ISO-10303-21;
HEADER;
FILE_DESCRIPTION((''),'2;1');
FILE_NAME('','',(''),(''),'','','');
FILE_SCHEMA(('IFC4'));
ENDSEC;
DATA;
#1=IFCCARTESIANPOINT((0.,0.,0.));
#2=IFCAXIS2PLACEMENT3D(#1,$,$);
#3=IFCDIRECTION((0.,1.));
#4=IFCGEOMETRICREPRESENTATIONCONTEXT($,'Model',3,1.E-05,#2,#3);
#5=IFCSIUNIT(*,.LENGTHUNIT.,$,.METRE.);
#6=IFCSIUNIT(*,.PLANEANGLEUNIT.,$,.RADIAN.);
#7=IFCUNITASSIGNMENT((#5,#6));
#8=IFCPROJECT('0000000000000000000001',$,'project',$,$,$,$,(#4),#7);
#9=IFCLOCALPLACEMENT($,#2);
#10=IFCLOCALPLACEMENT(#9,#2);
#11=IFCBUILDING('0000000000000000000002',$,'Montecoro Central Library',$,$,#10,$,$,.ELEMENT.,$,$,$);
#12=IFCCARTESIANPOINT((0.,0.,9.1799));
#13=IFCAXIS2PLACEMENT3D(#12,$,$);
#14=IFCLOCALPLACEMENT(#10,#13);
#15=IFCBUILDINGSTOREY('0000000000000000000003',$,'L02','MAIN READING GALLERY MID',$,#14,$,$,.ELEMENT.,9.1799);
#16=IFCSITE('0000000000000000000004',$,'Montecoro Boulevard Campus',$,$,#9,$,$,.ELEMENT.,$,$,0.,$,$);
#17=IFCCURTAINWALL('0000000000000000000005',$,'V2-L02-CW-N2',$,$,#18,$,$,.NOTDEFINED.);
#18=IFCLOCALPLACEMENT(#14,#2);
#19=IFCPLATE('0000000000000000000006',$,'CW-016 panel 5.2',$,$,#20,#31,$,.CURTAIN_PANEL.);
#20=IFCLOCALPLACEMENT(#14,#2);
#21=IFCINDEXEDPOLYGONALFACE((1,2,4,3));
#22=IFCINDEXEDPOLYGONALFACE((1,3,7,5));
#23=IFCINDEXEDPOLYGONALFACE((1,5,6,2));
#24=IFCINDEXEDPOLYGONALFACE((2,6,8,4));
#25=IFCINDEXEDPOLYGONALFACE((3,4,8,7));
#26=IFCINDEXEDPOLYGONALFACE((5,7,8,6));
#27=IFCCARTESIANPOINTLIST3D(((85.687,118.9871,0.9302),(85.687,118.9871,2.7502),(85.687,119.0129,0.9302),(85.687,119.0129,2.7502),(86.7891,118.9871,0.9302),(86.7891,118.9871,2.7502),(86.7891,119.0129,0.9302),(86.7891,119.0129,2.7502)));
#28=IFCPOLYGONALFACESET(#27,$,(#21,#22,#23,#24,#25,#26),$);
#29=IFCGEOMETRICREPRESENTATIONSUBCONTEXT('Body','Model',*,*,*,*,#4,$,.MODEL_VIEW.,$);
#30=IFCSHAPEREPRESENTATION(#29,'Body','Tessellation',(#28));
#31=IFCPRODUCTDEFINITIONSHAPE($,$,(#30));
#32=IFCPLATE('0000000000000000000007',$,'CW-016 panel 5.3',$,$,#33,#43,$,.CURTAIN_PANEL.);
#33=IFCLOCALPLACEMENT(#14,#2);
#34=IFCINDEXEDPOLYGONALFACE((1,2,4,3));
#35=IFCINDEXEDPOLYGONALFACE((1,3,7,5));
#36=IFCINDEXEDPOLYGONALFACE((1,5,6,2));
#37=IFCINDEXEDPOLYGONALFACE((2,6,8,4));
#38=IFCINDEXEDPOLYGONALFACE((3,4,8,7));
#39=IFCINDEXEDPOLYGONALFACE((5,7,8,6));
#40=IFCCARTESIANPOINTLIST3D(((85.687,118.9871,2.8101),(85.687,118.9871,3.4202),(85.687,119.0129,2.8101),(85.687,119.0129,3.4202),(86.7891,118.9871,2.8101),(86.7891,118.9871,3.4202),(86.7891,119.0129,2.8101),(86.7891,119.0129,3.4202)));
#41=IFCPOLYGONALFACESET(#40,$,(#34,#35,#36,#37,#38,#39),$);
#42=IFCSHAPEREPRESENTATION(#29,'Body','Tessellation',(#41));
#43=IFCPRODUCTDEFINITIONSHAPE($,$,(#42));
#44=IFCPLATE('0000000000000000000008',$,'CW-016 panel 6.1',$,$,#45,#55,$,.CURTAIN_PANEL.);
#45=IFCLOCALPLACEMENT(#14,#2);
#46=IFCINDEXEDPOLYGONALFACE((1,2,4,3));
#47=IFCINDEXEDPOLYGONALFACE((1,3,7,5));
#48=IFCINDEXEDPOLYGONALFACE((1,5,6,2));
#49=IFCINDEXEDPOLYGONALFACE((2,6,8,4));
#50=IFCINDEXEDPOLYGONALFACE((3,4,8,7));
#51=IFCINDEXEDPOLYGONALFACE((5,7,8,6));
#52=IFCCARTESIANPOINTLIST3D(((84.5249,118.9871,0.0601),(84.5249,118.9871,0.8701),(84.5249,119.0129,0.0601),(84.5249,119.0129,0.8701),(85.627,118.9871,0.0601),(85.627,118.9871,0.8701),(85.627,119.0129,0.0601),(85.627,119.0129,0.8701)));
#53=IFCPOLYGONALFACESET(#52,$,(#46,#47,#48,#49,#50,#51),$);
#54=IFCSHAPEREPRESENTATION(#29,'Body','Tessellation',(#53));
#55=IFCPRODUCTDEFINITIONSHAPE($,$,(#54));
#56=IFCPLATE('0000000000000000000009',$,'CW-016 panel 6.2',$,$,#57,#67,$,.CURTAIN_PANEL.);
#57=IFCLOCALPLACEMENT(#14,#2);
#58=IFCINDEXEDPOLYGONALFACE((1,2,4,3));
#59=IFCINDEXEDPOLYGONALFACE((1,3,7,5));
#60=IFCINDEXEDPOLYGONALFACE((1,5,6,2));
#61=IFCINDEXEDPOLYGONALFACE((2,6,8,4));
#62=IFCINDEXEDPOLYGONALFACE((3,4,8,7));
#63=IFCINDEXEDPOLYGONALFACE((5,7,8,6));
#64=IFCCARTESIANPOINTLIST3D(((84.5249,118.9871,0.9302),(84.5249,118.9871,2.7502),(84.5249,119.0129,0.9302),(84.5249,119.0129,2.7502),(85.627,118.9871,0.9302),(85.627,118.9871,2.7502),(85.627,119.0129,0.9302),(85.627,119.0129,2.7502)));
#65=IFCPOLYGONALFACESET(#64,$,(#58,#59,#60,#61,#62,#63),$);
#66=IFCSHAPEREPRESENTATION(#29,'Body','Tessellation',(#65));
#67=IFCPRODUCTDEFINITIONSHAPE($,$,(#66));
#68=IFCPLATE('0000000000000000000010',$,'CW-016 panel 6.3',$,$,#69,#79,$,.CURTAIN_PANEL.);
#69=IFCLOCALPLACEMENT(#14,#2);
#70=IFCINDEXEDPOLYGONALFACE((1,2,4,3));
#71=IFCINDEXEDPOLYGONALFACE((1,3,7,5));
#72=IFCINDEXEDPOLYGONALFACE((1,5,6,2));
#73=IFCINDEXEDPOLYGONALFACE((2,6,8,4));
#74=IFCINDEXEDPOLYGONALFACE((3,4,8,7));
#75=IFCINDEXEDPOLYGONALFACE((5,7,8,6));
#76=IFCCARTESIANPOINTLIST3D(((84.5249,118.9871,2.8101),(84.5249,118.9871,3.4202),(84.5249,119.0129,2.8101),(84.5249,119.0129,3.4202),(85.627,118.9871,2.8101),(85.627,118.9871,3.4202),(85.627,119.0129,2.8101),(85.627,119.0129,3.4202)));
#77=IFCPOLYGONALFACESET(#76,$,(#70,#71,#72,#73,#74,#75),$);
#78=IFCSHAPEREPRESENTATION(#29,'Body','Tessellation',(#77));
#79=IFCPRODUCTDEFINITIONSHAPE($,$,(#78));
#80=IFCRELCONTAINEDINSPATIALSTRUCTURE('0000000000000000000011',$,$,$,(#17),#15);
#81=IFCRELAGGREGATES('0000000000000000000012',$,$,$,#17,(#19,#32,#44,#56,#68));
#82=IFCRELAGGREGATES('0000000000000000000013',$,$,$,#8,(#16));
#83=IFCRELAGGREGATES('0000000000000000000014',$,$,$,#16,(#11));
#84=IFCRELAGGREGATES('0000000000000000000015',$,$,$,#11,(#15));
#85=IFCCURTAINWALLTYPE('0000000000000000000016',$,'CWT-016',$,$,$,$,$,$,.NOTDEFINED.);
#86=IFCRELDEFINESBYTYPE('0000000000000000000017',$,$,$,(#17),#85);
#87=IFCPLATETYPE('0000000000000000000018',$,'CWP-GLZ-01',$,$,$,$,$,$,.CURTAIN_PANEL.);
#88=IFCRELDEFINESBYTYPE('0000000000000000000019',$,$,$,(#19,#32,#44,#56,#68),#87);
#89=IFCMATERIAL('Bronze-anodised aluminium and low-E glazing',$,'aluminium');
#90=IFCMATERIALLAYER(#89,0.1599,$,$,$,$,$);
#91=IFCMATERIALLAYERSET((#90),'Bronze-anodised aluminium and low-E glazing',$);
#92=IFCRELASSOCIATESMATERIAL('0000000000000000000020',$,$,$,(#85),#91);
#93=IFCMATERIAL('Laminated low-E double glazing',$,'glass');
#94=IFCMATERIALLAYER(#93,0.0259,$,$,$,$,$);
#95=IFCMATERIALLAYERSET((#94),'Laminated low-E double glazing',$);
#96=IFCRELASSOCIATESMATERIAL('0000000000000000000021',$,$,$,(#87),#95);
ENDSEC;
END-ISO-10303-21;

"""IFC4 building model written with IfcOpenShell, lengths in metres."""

from ifc_helpers import new_model, si_unit, direction, frame, origin, origin_2d, place, context, subcontext, project, spatial, rectangle, extrude, material, layer, layer_set, type_object, element, aggregate, save


model = new_model("IFC4")

# Units and contexts
model_context = context("Model", 3, precision=1e-05, world=origin(), true_north=direction((0.0, 1.0)))
body_context = subcontext(model_context, "Body", "Model", "MODEL_VIEW")
ifc_project = project(units=[si_unit("LENGTHUNIT", "METRE"), si_unit("PLANEANGLEUNIT", "RADIAN")], contexts=[model_context])

# Site, building, storey
site_placement = place(None, origin())
site = spatial("IfcSite", under=ifc_project, at=site_placement, Name="Montecoro Boulevard Campus", CompositionType="ELEMENT", RefElevation=0.0)
building_placement = place(site_placement, origin())
building = spatial("IfcBuilding", under=site, at=building_placement, Name="Montecoro Central Library", CompositionType="ELEMENT")
storey_placement = place(building_placement, frame((0.0, 0.0, 9.1799)))
storey = spatial("IfcBuildingStorey", under=building, at=storey_placement, Name="L02", Description="MAIN READING GALLERY MID", CompositionType="ELEMENT", Elevation=9.1799)

# Curtain wall, plates
ifc_material_1 = material(Name="Bronze-anodised aluminium and low-E glazing", Category="aluminium")
ifc_layer_1 = layer(ifc_material_1, 0.1599)
ifc_layer_set_1 = layer_set([ifc_layer_1], Name="Bronze-anodised aluminium and low-E glazing")
curtain_wall_type = type_object("IfcCurtainWallType", Name="CWT-016", PredefinedType="NOTDEFINED", material=ifc_layer_set_1)
curtain_wall_placement = place(storey_placement, origin())
curtain_wall = element("IfcCurtainWall", 1, at=curtain_wall_placement, inside=storey, type_object=curtain_wall_type, Name="V2-L02-CW-N2", PredefinedType="NOTDEFINED")
ifc_material_2 = material(Name="Laminated low-E double glazing", Category="glass")
ifc_layer_2 = layer(ifc_material_2, 0.0259)
ifc_layer_set_2 = layer_set([ifc_layer_2], Name="Laminated low-E double glazing")
plate_type = type_object("IfcPlateType", Name="CWP-GLZ-01", PredefinedType="CURTAIN_PANEL", material=ifc_layer_set_2)
plate_1_placement = place(storey_placement, frame((86.238, 119.0, 0.9302), z_axis=(0.0, 0.0, 1.0), x_axis=(-1.0, 0.0, 0.0)))
plate_1 = element("IfcPlate", 2, at=plate_1_placement, type_object=plate_type, Name="CW-016 panel 5.2", PredefinedType="CURTAIN_PANEL", context=body_context, shape_type="SweptSolid", body=[
    extrude(rectangle(XDim=1.1021, YDim=0.0259, at=origin_2d()), origin(), (0.0, 0.0, 1.0), 1.8201),
])
plate_2_placement = place(storey_placement, frame((86.238, 119.0, 2.8101), z_axis=(0.0, 0.0, 1.0), x_axis=(-1.0, 0.0, 0.0)))
plate_2 = element("IfcPlate", 3, at=plate_2_placement, type_object=plate_type, Name="CW-016 panel 5.3", PredefinedType="CURTAIN_PANEL", context=body_context, shape_type="SweptSolid", body=[
    extrude(rectangle(XDim=1.1021, YDim=0.0259, at=origin_2d()), origin(), (0.0, 0.0, 1.0), 0.6101),
])
plate_3_placement = place(storey_placement, frame((85.0759, 119.0, 0.0601), z_axis=(0.0, 0.0, 1.0), x_axis=(-1.0, 0.0, 0.0)))
plate_3 = element("IfcPlate", 4, at=plate_3_placement, type_object=plate_type, Name="CW-016 panel 6.1", PredefinedType="CURTAIN_PANEL", context=body_context, shape_type="SweptSolid", body=[
    extrude(rectangle(XDim=1.1021, YDim=0.0259, at=origin_2d()), origin(), (0.0, 0.0, 1.0), 0.8101),
])
plate_4_placement = place(storey_placement, frame((85.0759, 119.0, 0.9302), z_axis=(0.0, 0.0, 1.0), x_axis=(-1.0, 0.0, 0.0)))
plate_4 = element("IfcPlate", 5, at=plate_4_placement, type_object=plate_type, Name="CW-016 panel 6.2", PredefinedType="CURTAIN_PANEL", context=body_context, shape_type="SweptSolid", body=[
    extrude(rectangle(XDim=1.1021, YDim=0.0259, at=origin_2d()), origin(), (0.0, 0.0, 1.0), 1.8201),
])
plate_5_placement = place(storey_placement, frame((85.0759, 119.0, 2.8101), z_axis=(0.0, 0.0, 1.0), x_axis=(-1.0, 0.0, 0.0)))
plate_5 = element("IfcPlate", 6, at=plate_5_placement, type_object=plate_type, Name="CW-016 panel 6.3", PredefinedType="CURTAIN_PANEL", context=body_context, shape_type="SweptSolid", body=[
    extrude(rectangle(XDim=1.1021, YDim=0.0259, at=origin_2d()), origin(), (0.0, 0.0, 1.0), 0.6101),
])
aggregate(curtain_wall, [plate_1, plate_2, plate_3, plate_4, plate_5])

save(model, "model.ifc")
